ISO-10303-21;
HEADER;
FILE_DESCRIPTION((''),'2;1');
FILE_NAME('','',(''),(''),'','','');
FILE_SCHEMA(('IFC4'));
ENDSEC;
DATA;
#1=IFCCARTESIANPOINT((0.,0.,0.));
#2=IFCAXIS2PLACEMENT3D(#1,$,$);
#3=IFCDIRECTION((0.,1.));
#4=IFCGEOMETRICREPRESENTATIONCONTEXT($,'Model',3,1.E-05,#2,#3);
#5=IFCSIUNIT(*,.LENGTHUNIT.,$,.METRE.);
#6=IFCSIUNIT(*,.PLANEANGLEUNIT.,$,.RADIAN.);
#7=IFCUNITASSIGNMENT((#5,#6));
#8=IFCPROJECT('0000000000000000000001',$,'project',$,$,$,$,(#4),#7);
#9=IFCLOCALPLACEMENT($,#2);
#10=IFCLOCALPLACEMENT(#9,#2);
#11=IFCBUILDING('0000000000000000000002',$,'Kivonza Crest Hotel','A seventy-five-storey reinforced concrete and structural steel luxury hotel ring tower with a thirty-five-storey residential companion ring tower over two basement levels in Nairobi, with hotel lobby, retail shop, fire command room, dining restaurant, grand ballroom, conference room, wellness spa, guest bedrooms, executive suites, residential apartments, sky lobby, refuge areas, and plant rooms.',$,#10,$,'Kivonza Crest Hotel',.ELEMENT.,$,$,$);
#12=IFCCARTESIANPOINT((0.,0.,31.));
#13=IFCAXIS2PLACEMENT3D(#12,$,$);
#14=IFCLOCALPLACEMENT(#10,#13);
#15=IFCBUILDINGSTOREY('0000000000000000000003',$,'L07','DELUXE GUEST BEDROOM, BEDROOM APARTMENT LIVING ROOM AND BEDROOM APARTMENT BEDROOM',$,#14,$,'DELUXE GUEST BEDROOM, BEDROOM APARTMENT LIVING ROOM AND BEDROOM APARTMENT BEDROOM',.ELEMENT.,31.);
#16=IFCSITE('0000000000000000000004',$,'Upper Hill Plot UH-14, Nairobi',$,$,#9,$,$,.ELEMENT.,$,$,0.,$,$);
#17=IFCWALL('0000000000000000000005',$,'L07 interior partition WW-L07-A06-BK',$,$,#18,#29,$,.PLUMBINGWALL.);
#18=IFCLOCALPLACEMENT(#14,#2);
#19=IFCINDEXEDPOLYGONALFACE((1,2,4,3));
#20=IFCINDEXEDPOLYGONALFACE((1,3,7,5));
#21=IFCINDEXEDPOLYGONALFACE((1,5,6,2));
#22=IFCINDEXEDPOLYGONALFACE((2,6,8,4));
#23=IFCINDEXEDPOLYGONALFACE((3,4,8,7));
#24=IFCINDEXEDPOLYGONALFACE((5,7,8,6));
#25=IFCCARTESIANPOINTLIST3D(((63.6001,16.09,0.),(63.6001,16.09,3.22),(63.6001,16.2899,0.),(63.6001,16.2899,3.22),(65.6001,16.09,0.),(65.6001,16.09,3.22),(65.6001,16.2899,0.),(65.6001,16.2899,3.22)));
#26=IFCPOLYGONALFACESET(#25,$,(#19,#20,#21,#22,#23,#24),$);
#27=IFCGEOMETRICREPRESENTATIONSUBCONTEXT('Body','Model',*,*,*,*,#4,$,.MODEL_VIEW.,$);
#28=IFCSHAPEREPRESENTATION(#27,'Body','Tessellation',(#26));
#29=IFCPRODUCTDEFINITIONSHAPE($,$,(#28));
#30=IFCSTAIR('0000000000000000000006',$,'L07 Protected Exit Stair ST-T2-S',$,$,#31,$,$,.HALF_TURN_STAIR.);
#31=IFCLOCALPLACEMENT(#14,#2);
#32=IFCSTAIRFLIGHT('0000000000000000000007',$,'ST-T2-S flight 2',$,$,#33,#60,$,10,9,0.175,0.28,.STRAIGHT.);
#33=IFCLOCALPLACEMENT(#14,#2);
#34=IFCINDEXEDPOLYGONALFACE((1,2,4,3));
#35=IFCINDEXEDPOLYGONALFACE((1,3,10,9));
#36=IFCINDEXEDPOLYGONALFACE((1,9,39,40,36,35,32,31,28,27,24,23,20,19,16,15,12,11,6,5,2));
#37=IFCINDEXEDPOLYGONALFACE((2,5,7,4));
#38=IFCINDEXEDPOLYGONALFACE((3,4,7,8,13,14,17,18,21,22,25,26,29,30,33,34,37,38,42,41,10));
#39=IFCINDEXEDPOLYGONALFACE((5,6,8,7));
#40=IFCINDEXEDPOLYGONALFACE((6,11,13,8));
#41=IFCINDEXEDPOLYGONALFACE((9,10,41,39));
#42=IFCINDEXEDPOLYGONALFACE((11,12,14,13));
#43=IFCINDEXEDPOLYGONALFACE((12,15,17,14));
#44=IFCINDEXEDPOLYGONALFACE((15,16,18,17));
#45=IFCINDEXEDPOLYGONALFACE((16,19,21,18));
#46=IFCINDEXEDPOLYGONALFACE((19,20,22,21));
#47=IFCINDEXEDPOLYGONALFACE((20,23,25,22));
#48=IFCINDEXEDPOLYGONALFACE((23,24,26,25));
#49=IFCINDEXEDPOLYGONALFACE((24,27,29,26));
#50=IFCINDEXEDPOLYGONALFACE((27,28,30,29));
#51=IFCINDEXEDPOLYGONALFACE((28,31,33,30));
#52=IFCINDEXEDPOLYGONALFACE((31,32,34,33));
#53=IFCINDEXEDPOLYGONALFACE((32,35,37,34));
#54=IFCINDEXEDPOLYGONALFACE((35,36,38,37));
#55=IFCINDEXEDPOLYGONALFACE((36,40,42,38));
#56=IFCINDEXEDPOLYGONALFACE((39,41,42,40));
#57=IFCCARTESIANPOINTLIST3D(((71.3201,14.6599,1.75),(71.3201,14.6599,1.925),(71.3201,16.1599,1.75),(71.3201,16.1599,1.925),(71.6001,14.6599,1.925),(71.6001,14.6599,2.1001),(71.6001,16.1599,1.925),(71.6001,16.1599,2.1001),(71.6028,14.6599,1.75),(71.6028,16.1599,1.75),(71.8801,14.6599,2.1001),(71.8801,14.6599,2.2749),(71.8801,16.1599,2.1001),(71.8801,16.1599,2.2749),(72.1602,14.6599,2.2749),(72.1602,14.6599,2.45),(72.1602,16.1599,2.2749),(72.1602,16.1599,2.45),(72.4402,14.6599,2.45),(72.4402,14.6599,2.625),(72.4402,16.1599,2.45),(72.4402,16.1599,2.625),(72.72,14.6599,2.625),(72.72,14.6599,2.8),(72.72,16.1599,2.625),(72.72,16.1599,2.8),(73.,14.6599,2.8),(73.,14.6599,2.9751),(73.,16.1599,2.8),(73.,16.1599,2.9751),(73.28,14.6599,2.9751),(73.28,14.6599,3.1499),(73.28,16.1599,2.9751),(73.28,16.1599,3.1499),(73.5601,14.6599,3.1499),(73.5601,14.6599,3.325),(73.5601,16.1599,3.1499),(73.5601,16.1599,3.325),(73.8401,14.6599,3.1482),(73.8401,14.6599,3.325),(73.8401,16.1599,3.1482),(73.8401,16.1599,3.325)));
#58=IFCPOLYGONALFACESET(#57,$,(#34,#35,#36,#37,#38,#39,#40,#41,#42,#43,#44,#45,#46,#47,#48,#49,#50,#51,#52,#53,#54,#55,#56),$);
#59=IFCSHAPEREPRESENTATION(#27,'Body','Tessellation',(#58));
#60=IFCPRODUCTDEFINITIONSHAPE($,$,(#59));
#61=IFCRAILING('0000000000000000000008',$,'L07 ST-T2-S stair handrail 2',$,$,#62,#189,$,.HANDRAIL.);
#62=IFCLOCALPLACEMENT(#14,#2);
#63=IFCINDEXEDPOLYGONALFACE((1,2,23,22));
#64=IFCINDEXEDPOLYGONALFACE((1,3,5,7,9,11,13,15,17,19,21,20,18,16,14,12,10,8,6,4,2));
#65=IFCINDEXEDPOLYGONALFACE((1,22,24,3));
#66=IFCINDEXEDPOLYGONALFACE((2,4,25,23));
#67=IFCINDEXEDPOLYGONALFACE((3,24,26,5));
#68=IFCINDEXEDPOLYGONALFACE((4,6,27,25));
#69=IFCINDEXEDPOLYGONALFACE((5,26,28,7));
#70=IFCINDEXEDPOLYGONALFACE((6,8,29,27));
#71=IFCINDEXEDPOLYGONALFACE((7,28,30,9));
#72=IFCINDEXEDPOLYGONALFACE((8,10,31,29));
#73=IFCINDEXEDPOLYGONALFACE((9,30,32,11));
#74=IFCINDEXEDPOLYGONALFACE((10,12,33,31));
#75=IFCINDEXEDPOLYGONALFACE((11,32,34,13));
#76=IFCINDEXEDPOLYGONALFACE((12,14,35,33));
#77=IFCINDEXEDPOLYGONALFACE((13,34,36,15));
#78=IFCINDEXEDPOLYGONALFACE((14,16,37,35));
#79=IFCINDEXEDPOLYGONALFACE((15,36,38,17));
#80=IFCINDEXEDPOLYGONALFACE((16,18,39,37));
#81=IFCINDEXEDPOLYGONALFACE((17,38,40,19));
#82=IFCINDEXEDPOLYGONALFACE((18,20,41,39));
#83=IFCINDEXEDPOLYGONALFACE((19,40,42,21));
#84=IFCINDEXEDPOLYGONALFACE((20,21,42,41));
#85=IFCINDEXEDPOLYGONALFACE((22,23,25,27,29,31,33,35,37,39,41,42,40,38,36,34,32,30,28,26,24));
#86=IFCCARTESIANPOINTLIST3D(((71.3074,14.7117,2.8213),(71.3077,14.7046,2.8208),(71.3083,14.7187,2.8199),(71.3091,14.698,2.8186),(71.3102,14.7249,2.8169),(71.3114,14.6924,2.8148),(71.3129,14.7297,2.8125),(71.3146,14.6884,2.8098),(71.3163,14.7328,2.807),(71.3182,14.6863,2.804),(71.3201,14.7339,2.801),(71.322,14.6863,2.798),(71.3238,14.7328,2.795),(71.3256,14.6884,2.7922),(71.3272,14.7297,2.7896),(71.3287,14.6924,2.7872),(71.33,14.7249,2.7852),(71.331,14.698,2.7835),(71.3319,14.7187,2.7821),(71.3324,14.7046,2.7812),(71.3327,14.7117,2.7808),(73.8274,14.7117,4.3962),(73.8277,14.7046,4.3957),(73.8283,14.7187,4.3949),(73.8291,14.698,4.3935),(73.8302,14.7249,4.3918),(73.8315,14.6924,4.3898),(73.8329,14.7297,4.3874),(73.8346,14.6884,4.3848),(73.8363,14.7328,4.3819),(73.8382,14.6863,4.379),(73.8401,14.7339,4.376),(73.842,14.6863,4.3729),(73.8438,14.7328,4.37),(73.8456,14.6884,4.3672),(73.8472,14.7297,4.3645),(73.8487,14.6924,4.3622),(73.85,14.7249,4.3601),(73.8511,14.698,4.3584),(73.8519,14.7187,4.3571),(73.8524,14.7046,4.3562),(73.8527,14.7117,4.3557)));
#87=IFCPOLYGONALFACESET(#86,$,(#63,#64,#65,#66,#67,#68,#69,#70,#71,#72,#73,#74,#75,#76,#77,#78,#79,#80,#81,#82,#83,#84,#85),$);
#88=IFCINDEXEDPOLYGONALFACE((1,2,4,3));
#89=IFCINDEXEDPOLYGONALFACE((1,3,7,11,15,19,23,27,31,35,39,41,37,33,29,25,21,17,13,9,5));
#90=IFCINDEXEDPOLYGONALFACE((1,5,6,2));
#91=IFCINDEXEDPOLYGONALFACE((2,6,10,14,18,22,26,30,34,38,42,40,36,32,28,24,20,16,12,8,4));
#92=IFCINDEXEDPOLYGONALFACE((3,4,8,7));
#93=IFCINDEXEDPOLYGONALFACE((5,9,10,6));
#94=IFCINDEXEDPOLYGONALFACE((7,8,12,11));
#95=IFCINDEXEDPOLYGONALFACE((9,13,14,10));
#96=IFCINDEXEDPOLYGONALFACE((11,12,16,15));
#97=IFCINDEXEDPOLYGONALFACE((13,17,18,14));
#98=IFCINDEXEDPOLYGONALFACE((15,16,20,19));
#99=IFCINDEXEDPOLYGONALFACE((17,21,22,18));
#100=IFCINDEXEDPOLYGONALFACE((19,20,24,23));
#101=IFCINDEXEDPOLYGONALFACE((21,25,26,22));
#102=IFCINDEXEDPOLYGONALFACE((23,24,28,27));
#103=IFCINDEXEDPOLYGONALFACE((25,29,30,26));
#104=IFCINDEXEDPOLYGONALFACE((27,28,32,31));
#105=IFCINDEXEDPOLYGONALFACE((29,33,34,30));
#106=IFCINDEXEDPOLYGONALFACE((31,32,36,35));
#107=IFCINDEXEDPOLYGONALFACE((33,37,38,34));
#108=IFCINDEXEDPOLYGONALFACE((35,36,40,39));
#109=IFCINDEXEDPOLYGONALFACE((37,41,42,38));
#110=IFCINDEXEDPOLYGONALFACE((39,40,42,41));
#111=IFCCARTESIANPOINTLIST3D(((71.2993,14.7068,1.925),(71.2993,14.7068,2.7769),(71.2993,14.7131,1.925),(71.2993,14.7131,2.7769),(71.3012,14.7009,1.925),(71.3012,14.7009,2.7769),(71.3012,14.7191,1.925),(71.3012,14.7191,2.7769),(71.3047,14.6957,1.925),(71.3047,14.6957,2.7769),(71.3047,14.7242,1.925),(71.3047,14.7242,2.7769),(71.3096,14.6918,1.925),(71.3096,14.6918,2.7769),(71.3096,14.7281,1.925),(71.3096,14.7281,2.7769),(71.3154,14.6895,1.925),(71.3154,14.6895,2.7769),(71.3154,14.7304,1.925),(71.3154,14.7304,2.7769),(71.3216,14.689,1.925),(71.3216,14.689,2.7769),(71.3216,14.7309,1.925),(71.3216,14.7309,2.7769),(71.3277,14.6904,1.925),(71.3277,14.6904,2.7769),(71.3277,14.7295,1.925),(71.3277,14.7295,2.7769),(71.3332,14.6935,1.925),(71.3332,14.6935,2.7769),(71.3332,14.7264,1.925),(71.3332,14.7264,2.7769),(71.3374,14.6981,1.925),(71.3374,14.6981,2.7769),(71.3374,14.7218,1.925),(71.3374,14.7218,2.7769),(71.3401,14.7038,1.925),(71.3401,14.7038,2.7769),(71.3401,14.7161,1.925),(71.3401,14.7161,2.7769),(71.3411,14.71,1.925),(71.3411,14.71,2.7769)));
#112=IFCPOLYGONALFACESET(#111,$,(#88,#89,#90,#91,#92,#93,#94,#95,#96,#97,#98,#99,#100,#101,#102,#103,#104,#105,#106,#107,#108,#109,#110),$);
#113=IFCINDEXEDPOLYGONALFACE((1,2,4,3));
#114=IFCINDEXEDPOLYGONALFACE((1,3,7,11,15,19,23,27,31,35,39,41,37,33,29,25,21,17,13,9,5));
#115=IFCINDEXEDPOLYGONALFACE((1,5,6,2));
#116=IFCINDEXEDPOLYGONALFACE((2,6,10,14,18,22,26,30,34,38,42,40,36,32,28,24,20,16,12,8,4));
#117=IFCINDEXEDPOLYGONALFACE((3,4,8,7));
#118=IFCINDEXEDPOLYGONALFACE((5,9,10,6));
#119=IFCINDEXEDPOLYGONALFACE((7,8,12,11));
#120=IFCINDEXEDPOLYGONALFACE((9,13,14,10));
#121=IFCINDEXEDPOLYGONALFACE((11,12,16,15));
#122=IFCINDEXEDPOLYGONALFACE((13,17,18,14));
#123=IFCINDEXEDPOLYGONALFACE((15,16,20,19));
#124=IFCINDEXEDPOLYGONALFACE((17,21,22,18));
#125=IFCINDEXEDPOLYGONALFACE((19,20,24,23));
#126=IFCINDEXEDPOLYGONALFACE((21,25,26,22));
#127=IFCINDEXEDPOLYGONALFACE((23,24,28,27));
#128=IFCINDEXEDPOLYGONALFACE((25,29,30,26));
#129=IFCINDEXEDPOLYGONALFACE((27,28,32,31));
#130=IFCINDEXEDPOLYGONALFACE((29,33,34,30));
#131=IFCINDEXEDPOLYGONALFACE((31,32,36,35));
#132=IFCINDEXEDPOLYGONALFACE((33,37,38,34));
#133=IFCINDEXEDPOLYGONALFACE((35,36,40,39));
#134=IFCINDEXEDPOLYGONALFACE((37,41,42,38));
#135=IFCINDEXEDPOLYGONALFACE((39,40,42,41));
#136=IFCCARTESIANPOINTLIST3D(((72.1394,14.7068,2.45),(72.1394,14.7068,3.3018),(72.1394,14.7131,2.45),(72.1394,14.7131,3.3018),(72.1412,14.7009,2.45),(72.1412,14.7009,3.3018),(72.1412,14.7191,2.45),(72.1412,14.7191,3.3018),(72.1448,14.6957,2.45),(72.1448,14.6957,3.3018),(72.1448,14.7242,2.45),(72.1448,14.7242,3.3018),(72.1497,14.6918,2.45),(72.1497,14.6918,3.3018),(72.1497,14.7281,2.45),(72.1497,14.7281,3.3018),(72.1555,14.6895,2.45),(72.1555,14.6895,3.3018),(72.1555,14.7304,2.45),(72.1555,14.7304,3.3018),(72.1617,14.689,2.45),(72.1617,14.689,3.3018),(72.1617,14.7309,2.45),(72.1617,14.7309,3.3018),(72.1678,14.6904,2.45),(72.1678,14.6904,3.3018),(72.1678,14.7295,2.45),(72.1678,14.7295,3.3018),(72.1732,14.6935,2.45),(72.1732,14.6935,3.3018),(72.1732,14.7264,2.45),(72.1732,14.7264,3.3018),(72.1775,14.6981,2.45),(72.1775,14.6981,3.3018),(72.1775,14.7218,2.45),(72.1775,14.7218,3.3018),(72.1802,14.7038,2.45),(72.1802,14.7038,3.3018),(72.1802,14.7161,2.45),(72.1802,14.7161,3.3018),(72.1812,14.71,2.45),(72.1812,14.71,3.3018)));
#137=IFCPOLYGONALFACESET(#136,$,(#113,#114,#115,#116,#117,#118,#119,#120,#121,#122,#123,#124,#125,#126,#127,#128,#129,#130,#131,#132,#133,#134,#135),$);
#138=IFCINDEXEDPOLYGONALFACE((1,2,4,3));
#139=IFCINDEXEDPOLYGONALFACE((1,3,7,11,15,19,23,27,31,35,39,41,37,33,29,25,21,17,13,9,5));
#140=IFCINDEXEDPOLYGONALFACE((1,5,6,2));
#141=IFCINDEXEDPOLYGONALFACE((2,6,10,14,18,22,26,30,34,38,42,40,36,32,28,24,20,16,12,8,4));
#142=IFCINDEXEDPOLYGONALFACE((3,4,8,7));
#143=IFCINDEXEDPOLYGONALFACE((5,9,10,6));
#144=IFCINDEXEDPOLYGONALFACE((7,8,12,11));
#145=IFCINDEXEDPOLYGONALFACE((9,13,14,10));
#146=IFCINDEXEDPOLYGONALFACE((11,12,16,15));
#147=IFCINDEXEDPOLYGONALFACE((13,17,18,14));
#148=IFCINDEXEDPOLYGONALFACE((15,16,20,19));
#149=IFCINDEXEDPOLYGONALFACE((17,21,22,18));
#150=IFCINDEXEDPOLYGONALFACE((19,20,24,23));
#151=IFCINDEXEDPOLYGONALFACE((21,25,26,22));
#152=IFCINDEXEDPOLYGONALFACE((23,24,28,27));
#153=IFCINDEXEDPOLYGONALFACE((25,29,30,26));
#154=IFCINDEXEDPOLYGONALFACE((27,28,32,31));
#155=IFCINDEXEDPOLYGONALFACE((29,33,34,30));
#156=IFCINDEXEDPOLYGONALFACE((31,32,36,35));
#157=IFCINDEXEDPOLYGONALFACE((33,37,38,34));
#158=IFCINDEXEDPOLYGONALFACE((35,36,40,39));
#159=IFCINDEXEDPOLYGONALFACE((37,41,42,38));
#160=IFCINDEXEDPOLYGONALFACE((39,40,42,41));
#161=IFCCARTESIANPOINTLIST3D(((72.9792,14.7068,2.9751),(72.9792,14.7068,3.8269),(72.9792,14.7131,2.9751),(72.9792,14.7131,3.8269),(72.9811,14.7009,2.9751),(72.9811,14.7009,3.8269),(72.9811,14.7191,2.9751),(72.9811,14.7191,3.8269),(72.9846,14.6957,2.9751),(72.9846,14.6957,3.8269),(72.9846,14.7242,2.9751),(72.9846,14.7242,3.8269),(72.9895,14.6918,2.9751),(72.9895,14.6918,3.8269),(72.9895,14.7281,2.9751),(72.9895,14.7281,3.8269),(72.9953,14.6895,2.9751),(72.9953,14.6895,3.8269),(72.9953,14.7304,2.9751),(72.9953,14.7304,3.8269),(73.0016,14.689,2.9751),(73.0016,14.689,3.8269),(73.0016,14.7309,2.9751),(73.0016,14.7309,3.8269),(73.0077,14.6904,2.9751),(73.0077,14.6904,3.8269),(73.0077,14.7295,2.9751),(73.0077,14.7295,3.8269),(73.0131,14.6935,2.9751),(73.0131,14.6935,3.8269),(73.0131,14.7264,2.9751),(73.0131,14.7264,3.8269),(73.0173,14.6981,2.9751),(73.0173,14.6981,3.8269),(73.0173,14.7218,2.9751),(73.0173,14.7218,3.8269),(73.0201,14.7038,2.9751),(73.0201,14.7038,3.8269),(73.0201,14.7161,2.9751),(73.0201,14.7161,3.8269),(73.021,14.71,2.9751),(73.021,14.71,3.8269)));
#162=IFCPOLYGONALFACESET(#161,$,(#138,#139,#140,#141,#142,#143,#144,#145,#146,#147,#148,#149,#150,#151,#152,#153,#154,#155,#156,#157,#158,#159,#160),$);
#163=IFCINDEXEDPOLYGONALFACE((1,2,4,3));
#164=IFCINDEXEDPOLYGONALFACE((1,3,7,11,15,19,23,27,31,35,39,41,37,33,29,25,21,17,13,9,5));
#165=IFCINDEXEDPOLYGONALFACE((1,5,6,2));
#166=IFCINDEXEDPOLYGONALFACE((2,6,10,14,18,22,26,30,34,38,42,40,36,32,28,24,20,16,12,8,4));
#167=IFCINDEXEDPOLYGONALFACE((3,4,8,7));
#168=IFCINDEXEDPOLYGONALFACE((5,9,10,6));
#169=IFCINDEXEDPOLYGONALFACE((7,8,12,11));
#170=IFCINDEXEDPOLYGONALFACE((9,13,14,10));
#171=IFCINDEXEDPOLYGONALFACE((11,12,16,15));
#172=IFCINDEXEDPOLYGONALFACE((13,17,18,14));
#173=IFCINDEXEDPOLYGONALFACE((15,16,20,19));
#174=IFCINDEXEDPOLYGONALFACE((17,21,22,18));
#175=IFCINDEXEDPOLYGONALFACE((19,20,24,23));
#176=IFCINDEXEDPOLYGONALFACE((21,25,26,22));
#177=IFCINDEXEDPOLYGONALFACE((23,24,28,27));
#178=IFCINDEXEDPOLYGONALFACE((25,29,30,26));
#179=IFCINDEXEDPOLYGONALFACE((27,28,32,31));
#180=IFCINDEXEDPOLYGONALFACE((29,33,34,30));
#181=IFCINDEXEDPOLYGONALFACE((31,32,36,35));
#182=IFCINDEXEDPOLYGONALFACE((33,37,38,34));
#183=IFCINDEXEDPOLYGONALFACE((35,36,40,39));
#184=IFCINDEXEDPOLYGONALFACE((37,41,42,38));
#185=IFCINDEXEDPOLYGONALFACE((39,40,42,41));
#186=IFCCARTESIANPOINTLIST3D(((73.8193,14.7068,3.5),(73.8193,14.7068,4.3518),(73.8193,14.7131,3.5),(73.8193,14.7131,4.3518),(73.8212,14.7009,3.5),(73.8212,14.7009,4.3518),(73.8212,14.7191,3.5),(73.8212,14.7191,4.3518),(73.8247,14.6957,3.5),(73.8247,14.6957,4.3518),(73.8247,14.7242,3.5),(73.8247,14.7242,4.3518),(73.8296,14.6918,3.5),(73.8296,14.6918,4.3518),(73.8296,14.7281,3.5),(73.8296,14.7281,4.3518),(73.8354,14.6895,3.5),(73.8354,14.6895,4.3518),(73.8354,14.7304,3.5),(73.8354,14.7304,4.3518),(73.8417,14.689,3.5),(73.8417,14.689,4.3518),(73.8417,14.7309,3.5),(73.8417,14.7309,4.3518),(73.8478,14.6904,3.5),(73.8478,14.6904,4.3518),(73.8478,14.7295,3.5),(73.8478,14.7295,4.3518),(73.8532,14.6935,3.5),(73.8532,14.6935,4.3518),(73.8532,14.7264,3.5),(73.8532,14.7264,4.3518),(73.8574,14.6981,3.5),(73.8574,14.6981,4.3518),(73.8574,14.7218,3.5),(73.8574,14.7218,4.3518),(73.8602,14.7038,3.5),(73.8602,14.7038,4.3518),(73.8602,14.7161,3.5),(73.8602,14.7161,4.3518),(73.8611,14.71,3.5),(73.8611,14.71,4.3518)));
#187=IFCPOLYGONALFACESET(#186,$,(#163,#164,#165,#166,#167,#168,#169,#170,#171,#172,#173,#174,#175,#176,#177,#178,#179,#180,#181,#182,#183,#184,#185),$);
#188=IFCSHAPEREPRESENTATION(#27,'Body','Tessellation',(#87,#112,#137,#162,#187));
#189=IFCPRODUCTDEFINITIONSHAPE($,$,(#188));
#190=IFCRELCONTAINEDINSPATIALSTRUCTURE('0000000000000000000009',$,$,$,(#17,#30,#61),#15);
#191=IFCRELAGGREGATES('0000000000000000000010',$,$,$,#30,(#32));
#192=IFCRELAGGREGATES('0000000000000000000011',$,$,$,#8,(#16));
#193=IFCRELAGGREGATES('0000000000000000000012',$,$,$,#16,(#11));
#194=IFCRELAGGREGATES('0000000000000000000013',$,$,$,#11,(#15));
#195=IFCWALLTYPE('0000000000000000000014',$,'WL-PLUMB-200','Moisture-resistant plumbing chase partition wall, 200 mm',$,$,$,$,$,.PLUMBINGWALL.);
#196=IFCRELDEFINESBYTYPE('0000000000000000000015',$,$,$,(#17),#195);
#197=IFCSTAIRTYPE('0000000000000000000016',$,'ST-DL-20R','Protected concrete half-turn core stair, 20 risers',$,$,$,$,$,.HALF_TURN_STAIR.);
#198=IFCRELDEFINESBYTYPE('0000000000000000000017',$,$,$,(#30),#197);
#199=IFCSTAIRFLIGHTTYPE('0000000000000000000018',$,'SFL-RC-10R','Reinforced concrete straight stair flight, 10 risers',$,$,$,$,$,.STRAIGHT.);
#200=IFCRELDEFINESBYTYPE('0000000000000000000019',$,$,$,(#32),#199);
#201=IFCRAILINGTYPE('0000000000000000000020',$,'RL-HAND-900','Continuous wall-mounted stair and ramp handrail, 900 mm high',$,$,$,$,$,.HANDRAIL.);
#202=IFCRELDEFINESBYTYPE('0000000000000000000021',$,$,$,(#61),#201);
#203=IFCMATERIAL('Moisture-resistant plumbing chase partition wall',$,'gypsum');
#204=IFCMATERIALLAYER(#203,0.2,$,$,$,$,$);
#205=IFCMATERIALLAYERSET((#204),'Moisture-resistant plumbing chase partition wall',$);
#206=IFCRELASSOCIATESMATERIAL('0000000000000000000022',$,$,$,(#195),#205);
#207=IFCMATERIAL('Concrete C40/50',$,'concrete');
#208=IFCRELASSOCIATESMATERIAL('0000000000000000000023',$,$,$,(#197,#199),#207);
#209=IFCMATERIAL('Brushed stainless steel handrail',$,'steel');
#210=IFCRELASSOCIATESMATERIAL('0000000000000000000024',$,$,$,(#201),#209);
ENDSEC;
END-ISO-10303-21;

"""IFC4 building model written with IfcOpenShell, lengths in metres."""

from ifc_helpers import new_model, si_unit, direction, frame, frame_2d, origin, origin_2d, place, context, subcontext, project, spatial, polyline, rectangle, circle, outline, extrude, material, layer, layer_set, type_object, element, aggregate, save


model = new_model("IFC4")

# Units and contexts
model_context = context("Model", 3, precision=1e-05, world=origin(), true_north=direction((0.0, 1.0)))
body_context = subcontext(model_context, "Body", "Model", "MODEL_VIEW")
ifc_project = project(units=[si_unit("LENGTHUNIT", "METRE"), si_unit("PLANEANGLEUNIT", "RADIAN")], contexts=[model_context])

# Site, building, storey
site_placement = place(None, origin())
site = spatial("IfcSite", under=ifc_project, at=site_placement, Name="Upper Hill Plot UH-14, Nairobi", CompositionType="ELEMENT", RefElevation=0.0)
building_placement = place(site_placement, origin())
building = spatial("IfcBuilding", under=site, at=building_placement, Name="Kivonza Crest Hotel", Description="A seventy-five-storey reinforced concrete and structural steel luxury hotel ring tower with a thirty-five-storey residential companion ring tower over two basement levels in Nairobi, with hotel lobby, retail shop, fire command room, dining restaurant, grand ballroom, conference room, wellness spa, guest bedrooms, executive suites, residential apartments, sky lobby, refuge areas, and plant rooms.", LongName="Kivonza Crest Hotel", CompositionType="ELEMENT")
storey_placement = place(building_placement, frame((0.0, 0.0, 31.0)))
storey = spatial("IfcBuildingStorey", under=building, at=storey_placement, Name="L07", Description="DELUXE GUEST BEDROOM, BEDROOM APARTMENT LIVING ROOM AND BEDROOM APARTMENT BEDROOM", LongName="DELUXE GUEST BEDROOM, BEDROOM APARTMENT LIVING ROOM AND BEDROOM APARTMENT BEDROOM", CompositionType="ELEMENT", Elevation=31.0)

# Wall
ifc_material_1 = material(Name="Moisture-resistant plumbing chase partition wall", Category="gypsum")
ifc_layer_1 = layer(ifc_material_1, 0.2)
ifc_layer_set_1 = layer_set([ifc_layer_1], Name="Moisture-resistant plumbing chase partition wall")
wall_type_1 = type_object("IfcWallType", Name="WL-PLUMB-200", Description="Moisture-resistant plumbing chase partition wall, 200 mm", PredefinedType="PLUMBINGWALL", material=ifc_layer_set_1)
wall_1_placement = place(storey_placement, frame((63.6001, 16.1899, 0.0), z_axis=(0.0, 0.0, 1.0), x_axis=(1.0, 0.0, 0.0)))
element("IfcWall", 1, at=wall_1_placement, inside=storey, type_object=wall_type_1, Name="L07 interior partition WW-L07-A06-BK", PredefinedType="PLUMBINGWALL", context=body_context, shape_type="SweptSolid", body=[
    extrude(rectangle(XDim=2.0, YDim=0.2, at=frame_2d((1.0, 0.0))), origin(), (0.0, 0.0, 1.0), 3.22),
])

# Stair, stair flight
ifc_material_2 = material(Name="Concrete C40/50", Category="concrete")
stair_type = type_object("IfcStairType", Name="ST-DL-20R", Description="Protected concrete half-turn core stair, 20 risers", PredefinedType="HALF_TURN_STAIR", material=ifc_material_2)
stair_placement = place(storey_placement, origin())
stair = element("IfcStair", 2, at=stair_placement, inside=storey, type_object=stair_type, Name="L07 Protected Exit Stair ST-T2-S", PredefinedType="HALF_TURN_STAIR")
stair_flight_type = type_object("IfcStairFlightType", Name="SFL-RC-10R", Description="Reinforced concrete straight stair flight, 10 risers", PredefinedType="STRAIGHT", material=ifc_material_2)
stair_flight_placement = place(storey_placement, frame((71.3201, 15.4099, 1.75), z_axis=(0.0, 0.0, 1.0), x_axis=(1.0, 0.0, 0.0)))
stair_flight = element("IfcStairFlight", 3, at=stair_flight_placement, type_object=stair_flight_type, Name="ST-T2-S flight 2", NumberOfRisers=10, NumberOfTreads=9, PredefinedType="STRAIGHT", RiserHeight=0.175, TreadLength=0.28, context=body_context, shape_type="SweptSolid", body=[
    extrude(outline(polyline([(0.0, 0.0), (0.0, 0.175), (0.28, 0.175), (0.28, 0.3501), (0.5601, 0.3501), (0.5601, 0.5249), (0.8401, 0.5249), (0.8401, 0.7), (1.1201, 0.7), (1.1201, 0.875), (1.3999, 0.875), (1.3999, 1.05), (1.6799, 1.05), (1.6799, 1.2251), (1.96, 1.2251), (1.96, 1.3999), (2.24, 1.3999), (2.24, 1.575), (2.52, 1.575), (2.52, 1.75), (2.52, 1.3982), (0.2827, 0.0), (0.0, 0.0)])), frame((0.0, 0.75, 0.0), z_axis=(0.0, -1.0, 0.0), x_axis=(1.0, 0.0, 0.0)), (0.0, 0.0, 1.0), 1.5),
])
aggregate(stair, [stair_flight])

# Railing
ifc_material_3 = material(Name="Brushed stainless steel handrail", Category="steel")
railing_type_1 = type_object("IfcRailingType", Name="RL-HAND-900", Description="Continuous wall-mounted stair and ramp handrail, 900 mm high", PredefinedType="HANDRAIL", material=ifc_material_3)
railing_1_placement = place(storey_placement, frame((71.3201, 14.71, 1.925)))
element("IfcRailing", 4, at=railing_1_placement, inside=storey, type_object=railing_type_1, Name="L07 ST-T2-S stair handrail 2", PredefinedType="HANDRAIL", context=body_context, shape_type="SweptSolid", body=[
    extrude(circle(Radius=0.0239, at=origin_2d()), frame((0.0, 0.0, 0.876), z_axis=(0.848008, 0.0, 0.529984), x_axis=(0.0, 1.0, 0.0)), (0.0, 0.0, 1.0), 2.9717),
    extrude(circle(Radius=0.021, at=origin_2d()), origin(), (0.0, 0.0, 1.0), 0.8518),
    extrude(circle(Radius=0.021, at=origin_2d()), frame((0.8401, 0.0, 0.5249)), (0.0, 0.0, 1.0), 0.8518),
    extrude(circle(Radius=0.021, at=origin_2d()), frame((1.6799, 0.0, 1.05)), (0.0, 0.0, 1.0), 0.8518),
    extrude(circle(Radius=0.021, at=origin_2d()), frame((2.52, 0.0, 1.575)), (0.0, 0.0, 1.0), 0.8518),
])

save(model, "model.ifc")
